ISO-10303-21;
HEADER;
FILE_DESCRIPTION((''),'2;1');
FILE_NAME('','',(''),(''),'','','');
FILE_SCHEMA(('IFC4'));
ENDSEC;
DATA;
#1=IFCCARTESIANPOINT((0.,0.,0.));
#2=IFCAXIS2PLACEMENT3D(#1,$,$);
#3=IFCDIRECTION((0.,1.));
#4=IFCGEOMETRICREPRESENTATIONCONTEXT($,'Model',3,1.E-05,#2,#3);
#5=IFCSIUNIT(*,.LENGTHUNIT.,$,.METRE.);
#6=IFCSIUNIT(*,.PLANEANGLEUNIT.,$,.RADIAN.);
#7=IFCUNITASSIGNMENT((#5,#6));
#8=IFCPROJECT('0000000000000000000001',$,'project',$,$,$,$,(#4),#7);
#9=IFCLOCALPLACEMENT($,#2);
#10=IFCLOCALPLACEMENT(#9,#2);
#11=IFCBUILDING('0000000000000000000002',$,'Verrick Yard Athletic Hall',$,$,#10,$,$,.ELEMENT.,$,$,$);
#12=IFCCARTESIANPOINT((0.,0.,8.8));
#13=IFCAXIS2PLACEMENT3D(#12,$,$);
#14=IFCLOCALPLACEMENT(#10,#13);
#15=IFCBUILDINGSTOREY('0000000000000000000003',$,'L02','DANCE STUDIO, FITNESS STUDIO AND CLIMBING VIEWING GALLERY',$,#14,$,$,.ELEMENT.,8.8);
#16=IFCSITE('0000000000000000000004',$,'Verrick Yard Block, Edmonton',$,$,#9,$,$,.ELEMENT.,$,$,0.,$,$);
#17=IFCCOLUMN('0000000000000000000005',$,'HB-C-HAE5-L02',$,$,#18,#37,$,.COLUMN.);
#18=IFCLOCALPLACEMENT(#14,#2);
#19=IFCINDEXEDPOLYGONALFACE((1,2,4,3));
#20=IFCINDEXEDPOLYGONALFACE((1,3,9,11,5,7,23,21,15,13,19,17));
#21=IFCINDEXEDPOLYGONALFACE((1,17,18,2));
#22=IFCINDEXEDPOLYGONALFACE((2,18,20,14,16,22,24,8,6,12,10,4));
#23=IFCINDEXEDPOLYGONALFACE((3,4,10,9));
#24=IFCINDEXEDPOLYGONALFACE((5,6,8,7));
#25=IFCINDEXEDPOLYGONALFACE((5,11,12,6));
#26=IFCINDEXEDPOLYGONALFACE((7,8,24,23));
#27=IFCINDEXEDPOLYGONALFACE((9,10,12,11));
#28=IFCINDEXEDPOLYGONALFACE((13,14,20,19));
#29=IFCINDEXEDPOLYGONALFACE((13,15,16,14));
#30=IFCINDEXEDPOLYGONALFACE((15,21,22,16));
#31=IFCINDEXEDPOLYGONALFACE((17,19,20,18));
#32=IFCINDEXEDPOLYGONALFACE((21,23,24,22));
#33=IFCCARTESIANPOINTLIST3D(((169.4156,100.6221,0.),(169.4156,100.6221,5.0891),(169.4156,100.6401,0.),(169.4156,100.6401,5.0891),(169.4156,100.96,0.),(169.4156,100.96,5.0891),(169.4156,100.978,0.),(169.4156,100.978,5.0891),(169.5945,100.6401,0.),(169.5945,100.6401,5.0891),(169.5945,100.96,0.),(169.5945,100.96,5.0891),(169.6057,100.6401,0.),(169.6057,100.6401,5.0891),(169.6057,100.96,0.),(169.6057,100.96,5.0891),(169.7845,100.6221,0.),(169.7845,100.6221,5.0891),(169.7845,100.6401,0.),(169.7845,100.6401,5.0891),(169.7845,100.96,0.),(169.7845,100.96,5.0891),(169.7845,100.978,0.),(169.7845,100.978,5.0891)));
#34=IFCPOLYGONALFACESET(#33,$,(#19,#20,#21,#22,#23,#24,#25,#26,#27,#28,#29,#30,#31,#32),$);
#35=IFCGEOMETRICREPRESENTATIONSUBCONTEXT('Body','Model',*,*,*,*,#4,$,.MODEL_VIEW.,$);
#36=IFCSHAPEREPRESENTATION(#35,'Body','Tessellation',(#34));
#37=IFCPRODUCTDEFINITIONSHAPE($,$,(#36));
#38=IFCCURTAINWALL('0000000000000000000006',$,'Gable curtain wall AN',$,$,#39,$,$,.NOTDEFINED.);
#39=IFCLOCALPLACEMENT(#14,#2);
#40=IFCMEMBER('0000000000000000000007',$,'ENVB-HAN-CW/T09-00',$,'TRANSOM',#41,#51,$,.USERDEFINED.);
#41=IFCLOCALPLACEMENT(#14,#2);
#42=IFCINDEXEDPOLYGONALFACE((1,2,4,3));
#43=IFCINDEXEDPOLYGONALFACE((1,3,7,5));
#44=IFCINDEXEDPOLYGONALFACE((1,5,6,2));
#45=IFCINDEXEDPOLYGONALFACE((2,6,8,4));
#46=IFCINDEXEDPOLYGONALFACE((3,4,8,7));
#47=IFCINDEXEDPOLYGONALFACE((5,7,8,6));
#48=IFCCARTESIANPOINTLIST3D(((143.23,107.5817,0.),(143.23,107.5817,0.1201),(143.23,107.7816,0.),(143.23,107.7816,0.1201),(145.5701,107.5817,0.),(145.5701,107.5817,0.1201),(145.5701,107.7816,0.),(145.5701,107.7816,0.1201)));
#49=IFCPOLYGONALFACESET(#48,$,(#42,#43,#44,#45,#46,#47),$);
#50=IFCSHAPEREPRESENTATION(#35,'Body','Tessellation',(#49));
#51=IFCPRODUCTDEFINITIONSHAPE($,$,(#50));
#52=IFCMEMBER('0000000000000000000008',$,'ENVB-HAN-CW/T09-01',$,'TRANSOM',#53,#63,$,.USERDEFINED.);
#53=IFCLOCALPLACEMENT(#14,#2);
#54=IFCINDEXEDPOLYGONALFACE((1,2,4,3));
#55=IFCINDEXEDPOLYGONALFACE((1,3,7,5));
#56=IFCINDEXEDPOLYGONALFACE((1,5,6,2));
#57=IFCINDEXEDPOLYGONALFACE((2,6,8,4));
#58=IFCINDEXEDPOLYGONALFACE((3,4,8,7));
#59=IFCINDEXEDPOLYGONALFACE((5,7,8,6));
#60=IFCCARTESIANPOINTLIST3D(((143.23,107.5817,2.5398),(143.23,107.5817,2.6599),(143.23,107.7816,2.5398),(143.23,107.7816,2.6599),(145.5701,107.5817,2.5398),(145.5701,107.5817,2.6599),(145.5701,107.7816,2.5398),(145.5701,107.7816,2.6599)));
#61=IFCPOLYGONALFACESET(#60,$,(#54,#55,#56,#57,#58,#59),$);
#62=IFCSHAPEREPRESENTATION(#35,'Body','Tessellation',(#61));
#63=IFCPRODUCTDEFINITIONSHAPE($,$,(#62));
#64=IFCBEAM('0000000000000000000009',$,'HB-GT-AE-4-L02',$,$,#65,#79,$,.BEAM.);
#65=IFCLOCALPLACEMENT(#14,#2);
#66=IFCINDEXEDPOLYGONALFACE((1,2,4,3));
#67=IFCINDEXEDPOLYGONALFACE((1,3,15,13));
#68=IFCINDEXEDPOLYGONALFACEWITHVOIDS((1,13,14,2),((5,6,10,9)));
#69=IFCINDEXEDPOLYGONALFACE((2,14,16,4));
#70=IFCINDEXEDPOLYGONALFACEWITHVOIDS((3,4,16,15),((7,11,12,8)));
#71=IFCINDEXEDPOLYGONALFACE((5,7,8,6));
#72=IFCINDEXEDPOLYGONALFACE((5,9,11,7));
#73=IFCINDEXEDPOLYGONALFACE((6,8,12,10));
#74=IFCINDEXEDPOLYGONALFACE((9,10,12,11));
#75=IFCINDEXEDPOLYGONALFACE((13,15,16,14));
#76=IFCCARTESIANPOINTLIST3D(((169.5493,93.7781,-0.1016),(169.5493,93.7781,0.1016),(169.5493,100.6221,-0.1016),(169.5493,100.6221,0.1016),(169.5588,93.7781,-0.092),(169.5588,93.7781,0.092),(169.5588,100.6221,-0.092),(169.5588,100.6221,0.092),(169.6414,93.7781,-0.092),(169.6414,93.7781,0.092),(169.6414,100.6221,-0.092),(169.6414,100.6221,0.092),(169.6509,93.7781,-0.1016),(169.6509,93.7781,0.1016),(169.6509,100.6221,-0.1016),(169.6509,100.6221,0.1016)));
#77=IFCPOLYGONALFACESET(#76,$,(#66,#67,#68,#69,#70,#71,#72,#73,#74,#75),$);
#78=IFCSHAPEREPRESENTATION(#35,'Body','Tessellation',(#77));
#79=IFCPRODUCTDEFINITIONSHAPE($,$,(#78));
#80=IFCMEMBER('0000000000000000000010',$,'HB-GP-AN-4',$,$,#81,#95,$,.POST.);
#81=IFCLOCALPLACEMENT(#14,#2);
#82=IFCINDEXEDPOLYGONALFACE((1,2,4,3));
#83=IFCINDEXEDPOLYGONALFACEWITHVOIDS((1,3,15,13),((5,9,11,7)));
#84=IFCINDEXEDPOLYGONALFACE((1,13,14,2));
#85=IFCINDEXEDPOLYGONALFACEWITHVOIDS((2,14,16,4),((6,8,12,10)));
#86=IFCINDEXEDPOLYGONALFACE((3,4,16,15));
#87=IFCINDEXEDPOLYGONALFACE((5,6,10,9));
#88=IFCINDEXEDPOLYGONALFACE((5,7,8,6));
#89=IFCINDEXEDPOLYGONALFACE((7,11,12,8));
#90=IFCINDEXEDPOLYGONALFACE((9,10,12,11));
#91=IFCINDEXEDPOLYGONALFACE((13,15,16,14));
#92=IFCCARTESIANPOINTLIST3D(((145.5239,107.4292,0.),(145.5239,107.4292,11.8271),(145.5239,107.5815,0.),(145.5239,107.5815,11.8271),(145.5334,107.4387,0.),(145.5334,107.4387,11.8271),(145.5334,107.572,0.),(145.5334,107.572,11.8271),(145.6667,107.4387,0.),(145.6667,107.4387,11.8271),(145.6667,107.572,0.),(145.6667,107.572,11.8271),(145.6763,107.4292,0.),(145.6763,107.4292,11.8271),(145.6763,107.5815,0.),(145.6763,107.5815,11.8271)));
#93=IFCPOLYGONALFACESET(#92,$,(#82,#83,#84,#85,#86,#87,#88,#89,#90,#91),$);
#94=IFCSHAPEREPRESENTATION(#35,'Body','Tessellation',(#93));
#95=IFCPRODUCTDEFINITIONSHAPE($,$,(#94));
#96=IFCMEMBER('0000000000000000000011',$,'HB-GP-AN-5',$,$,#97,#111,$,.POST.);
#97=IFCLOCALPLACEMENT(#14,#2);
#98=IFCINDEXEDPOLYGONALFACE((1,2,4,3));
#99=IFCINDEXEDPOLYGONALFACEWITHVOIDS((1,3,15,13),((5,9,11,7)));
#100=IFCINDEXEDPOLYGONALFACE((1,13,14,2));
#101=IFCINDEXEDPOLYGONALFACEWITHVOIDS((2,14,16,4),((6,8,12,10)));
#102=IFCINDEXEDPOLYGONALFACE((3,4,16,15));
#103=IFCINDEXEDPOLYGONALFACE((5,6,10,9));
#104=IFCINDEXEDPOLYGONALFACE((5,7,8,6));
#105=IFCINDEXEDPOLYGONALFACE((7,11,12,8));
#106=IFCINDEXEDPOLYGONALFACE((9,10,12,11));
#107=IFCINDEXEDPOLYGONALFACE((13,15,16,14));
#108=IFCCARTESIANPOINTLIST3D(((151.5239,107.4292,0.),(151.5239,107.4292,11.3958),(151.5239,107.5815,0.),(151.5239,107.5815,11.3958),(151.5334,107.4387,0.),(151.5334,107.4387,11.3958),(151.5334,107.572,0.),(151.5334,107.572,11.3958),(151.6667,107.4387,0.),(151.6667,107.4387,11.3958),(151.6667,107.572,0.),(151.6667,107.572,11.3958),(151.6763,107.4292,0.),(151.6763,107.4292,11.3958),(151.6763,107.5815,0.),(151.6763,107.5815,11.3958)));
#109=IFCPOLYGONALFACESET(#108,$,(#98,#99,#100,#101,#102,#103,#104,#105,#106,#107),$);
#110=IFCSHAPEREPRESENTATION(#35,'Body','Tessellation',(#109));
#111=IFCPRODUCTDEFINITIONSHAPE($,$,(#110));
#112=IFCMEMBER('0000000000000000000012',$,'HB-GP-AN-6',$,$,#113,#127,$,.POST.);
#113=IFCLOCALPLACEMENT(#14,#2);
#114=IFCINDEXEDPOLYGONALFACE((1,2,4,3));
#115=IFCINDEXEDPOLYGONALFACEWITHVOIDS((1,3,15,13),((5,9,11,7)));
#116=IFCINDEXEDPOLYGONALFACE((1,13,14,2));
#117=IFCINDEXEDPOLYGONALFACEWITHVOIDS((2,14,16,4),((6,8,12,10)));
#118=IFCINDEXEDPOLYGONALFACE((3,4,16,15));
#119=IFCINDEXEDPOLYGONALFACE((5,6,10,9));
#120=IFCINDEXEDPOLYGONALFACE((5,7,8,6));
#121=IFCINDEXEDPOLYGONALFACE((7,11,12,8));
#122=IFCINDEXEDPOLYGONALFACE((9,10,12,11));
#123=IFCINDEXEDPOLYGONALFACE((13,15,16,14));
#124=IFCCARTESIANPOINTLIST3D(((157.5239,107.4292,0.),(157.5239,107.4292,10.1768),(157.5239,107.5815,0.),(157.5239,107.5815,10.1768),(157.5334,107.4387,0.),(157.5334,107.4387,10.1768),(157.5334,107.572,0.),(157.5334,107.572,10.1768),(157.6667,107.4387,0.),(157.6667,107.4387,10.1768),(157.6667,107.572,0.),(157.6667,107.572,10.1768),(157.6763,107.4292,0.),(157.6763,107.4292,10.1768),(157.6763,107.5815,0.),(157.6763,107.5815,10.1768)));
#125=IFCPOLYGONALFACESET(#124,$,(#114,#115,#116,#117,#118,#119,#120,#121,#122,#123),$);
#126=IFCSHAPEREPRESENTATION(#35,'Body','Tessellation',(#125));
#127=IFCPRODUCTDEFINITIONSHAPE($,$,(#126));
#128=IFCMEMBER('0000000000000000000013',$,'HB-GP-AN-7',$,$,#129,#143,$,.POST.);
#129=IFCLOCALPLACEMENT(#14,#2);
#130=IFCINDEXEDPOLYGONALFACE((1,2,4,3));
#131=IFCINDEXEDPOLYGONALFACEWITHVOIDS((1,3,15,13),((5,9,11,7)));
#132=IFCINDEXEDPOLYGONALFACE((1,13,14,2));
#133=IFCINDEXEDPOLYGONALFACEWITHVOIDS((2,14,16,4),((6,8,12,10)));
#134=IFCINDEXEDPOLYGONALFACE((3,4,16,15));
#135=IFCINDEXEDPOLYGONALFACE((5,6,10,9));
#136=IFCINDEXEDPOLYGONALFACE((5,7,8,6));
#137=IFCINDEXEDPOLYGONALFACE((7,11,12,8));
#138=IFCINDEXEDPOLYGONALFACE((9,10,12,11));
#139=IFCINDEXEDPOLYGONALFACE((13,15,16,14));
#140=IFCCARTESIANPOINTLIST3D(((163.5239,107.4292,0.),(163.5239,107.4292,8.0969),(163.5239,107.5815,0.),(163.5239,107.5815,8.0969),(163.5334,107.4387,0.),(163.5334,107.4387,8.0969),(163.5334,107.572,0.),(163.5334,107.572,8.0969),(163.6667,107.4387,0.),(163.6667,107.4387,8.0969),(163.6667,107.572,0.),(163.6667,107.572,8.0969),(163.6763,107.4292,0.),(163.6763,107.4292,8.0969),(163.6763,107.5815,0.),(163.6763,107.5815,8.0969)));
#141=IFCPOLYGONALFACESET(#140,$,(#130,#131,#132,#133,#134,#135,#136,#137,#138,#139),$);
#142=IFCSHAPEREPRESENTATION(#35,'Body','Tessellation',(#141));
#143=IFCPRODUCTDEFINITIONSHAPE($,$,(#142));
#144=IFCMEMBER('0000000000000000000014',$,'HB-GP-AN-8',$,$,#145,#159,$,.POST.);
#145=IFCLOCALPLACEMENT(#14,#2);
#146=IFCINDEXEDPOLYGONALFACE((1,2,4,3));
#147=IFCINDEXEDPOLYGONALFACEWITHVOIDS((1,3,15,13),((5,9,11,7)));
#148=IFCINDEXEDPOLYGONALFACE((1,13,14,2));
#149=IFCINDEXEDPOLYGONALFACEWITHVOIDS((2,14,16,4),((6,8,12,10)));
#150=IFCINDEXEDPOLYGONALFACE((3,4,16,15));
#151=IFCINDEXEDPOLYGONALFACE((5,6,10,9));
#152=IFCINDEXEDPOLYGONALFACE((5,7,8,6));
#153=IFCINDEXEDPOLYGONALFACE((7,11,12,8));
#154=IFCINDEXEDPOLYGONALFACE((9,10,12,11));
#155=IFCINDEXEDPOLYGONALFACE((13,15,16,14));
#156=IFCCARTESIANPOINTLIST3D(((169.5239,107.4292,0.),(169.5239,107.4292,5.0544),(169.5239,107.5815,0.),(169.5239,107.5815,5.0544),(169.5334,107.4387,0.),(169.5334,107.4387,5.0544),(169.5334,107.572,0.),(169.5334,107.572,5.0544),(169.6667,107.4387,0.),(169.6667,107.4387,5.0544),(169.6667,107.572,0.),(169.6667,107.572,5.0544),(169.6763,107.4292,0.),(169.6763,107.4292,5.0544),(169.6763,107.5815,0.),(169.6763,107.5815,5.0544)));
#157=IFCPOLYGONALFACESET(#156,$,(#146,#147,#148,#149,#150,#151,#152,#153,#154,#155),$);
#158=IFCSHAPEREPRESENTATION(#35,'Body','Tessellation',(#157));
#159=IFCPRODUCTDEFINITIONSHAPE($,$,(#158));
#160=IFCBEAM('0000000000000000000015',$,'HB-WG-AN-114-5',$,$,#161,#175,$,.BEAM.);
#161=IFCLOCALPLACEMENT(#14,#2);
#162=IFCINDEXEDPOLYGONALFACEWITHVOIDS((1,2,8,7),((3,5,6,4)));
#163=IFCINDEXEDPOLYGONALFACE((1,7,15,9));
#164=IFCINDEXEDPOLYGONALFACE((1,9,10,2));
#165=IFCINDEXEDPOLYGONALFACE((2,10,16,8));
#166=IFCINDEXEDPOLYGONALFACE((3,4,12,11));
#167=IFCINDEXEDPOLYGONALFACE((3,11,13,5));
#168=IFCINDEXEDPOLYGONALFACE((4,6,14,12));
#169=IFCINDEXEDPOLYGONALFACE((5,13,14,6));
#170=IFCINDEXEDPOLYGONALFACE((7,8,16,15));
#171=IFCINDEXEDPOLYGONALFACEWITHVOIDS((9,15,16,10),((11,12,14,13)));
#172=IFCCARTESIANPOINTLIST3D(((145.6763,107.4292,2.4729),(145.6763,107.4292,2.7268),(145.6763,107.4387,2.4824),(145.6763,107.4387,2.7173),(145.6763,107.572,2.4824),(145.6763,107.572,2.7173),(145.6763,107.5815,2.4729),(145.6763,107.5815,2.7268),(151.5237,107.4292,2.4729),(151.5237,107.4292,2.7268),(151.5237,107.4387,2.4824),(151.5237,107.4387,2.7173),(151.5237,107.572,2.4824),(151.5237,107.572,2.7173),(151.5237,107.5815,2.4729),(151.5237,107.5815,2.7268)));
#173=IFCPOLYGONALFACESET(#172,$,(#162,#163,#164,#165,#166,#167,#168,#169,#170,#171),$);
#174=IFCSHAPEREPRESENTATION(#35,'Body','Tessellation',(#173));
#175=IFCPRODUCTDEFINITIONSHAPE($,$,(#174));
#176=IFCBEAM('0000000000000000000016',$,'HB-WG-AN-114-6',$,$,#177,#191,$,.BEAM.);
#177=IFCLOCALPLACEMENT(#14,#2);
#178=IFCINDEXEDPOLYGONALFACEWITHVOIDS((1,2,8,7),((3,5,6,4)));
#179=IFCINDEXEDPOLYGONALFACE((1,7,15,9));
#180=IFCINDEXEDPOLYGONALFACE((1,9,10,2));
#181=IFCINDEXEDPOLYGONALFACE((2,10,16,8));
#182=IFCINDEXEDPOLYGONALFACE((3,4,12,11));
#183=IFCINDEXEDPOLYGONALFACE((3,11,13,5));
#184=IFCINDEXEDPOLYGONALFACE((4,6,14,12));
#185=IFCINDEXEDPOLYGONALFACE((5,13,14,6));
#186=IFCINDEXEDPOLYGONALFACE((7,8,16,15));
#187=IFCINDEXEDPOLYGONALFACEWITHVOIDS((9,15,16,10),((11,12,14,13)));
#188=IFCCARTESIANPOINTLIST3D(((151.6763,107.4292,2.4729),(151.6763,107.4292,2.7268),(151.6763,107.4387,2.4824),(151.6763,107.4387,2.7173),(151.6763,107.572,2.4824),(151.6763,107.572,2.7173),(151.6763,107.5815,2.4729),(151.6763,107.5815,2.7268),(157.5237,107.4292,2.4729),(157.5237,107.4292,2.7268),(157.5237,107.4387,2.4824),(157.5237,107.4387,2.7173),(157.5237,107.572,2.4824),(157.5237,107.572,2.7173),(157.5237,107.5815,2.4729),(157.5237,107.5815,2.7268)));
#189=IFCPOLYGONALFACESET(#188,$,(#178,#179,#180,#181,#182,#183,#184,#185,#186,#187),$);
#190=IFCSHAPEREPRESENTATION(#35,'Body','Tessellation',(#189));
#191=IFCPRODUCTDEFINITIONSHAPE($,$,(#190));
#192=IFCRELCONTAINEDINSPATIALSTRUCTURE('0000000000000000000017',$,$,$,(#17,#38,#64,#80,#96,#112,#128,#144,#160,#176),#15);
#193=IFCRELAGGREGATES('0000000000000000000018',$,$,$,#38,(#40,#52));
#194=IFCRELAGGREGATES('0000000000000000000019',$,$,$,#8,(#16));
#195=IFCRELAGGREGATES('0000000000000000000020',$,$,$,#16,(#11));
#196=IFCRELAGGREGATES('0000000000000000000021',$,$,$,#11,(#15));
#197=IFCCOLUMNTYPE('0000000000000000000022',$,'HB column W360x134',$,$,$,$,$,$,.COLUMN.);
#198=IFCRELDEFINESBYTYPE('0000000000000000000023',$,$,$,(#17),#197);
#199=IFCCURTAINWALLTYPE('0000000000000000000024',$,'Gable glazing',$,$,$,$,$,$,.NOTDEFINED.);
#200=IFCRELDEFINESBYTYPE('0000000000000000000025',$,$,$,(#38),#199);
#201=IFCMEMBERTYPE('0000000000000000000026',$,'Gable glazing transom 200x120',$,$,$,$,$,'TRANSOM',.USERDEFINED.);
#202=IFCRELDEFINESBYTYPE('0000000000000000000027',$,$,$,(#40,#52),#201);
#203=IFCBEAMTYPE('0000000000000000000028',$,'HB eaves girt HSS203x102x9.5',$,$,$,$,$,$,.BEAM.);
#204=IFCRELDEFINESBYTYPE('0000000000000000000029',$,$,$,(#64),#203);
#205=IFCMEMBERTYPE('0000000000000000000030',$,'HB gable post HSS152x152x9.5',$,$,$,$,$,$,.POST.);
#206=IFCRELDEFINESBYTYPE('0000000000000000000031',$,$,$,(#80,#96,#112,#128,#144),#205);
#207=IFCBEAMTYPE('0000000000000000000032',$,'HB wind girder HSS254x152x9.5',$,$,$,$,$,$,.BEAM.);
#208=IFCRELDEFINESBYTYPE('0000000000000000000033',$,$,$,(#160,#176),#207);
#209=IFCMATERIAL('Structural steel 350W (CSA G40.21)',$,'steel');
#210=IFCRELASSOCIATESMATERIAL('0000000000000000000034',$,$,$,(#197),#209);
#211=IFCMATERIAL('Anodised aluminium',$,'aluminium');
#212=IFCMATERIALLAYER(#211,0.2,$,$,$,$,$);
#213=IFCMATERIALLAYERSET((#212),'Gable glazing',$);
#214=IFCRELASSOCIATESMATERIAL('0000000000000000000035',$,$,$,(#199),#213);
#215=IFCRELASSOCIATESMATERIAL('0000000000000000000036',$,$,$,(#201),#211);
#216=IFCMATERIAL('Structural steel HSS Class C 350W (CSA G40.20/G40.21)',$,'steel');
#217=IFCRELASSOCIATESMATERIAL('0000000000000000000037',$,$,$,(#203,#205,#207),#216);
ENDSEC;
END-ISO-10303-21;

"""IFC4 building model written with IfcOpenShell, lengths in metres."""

from ifc_helpers import new_model, si_unit, direction, frame, origin, origin_2d, place, context, subcontext, project, spatial, rectangle, hollow_rectangle, i_section, extrude, material, layer, layer_set, material_profile, profile_set, type_object, element, aggregate, save


model = new_model("IFC4")

# Units and contexts
model_context = context("Model", 3, precision=1e-05, world=origin(), true_north=direction((0.0, 1.0)))
body_context = subcontext(model_context, "Body", "Model", "MODEL_VIEW")
ifc_project = project(units=[si_unit("LENGTHUNIT", "METRE"), si_unit("PLANEANGLEUNIT", "RADIAN")], contexts=[model_context])

# Site, building, storey
site_placement = place(None, origin())
site = spatial("IfcSite", under=ifc_project, at=site_placement, Name="Verrick Yard Block, Edmonton", CompositionType="ELEMENT", RefElevation=0.0)
building_placement = place(site_placement, origin())
building = spatial("IfcBuilding", under=site, at=building_placement, Name="Verrick Yard Athletic Hall", CompositionType="ELEMENT")
storey_placement = place(building_placement, frame((0.0, 0.0, 8.8)))
storey = spatial("IfcBuildingStorey", under=building, at=storey_placement, Name="L02", Description="DANCE STUDIO, FITNESS STUDIO AND CLIMBING VIEWING GALLERY", CompositionType="ELEMENT", Elevation=8.8)

# Column
ifc_material_1 = material(Name="Structural steel 350W (CSA G40.21)", Category="steel")
ifc_material_profile_1 = material_profile(ifc_material_1, i_section(OverallWidth=0.3689, OverallDepth=0.356, WebThickness=0.0112, FlangeThickness=0.0181, at=origin_2d()), Name="W360x134")
ifc_profile_set_1 = profile_set([ifc_material_profile_1], Name="Structural steel 350W (CSA G40.21)")
column_type = type_object("IfcColumnType", Name="HB column W360x134", PredefinedType="COLUMN", material=ifc_profile_set_1)
column_placement = place(storey_placement, frame((169.6001, 100.8, 0.0), z_axis=(0.0, 0.0, 1.0), x_axis=(1.0, 0.0, 0.0)))
element("IfcColumn", 1, at=column_placement, inside=storey, type_object=column_type, Name="HB-C-HAE5-L02", PredefinedType="COLUMN", context=body_context, shape_type="SweptSolid", body=[
    extrude(i_section(OverallWidth=0.3689, OverallDepth=0.356, WebThickness=0.0112, FlangeThickness=0.0181, at=origin_2d()), origin(), (0.0, 0.0, 1.0), 5.0891),
])

# Curtain wall, members
ifc_material_2 = material(Name="Anodised aluminium", Category="aluminium")
ifc_layer_1 = layer(ifc_material_2, 0.2)
ifc_layer_set_1 = layer_set([ifc_layer_1], Name="Gable glazing")
curtain_wall_type = type_object("IfcCurtainWallType", Name="Gable glazing", PredefinedType="NOTDEFINED", material=ifc_layer_set_1)
curtain_wall_placement = place(storey_placement, origin())
curtain_wall = element("IfcCurtainWall", 2, at=curtain_wall_placement, inside=storey, type_object=curtain_wall_type, Name="Gable curtain wall AN", PredefinedType="NOTDEFINED")
ifc_material_profile_2 = material_profile(ifc_material_2, rectangle(XDim=0.2, YDim=0.1201, at=origin_2d()), Name="CW gable transom 200x120")
ifc_profile_set_2 = profile_set([ifc_material_profile_2], Name="Anodised aluminium")
member_type_1 = type_object("IfcMemberType", Name="Gable glazing transom 200x120", ElementType="TRANSOM", PredefinedType="USERDEFINED", material=ifc_profile_set_2)
member_1_placement = place(storey_placement, frame((143.23, 107.6816, 0.0601), z_axis=(1.0, 0.0, 0.0), x_axis=(0.0, 1.0, 0.0)))
member_1 = element("IfcMember", 3, at=member_1_placement, type_object=member_type_1, Name="ENVB-HAN-CW/T09-00", ObjectType="TRANSOM", PredefinedType="USERDEFINED", context=body_context, shape_type="SweptSolid", body=[
    extrude(rectangle(XDim=0.2, YDim=0.1201, at=origin_2d()), origin(), (0.0, 0.0, 1.0), 2.3401),
])
member_2_placement = place(storey_placement, frame((143.23, 107.6816, 2.5999), z_axis=(1.0, 0.0, 0.0), x_axis=(0.0, 1.0, 0.0)))
member_2 = element("IfcMember", 4, at=member_2_placement, type_object=member_type_1, Name="ENVB-HAN-CW/T09-01", ObjectType="TRANSOM", PredefinedType="USERDEFINED", context=body_context, shape_type="SweptSolid", body=[
    extrude(rectangle(XDim=0.2, YDim=0.1201, at=origin_2d()), origin(), (0.0, 0.0, 1.0), 2.3401),
])
aggregate(curtain_wall, [member_1, member_2])

# Beam
ifc_material_3 = material(Name="Structural steel HSS Class C 350W (CSA G40.20/G40.21)", Category="steel")
ifc_material_profile_3 = material_profile(ifc_material_3, hollow_rectangle(XDim=0.1016, YDim=0.2031, WallThickness=0.0095, at=origin_2d()), Name="HSS203x102x9.5")
ifc_profile_set_3 = profile_set([ifc_material_profile_3], Name="Structural steel HSS Class C 350W (CSA G40.20/G40.21)")
beam_type_1 = type_object("IfcBeamType", Name="HB eaves girt HSS203x102x9.5", PredefinedType="BEAM", material=ifc_profile_set_3)
beam_placement = place(storey_placement, frame((169.6001, 93.7781, 0.0), z_axis=(0.0, 1.0, 0.0), x_axis=(-1.0, 0.0, 0.0)))
element("IfcBeam", 5, at=beam_placement, inside=storey, type_object=beam_type_1, Name="HB-GT-AE-4-L02", PredefinedType="BEAM", context=body_context, shape_type="SweptSolid", body=[
    extrude(hollow_rectangle(XDim=0.1016, YDim=0.2031, WallThickness=0.0095, at=origin_2d()), origin(), (0.0, 0.0, 1.0), 6.844),
])

# Members
ifc_material_profile_4 = material_profile(ifc_material_3, hollow_rectangle(XDim=0.1523, YDim=0.1523, WallThickness=0.0095, at=origin_2d()), Name="HSS152x152x9.5")
ifc_profile_set_4 = profile_set([ifc_material_profile_4], Name="Structural steel HSS Class C 350W (CSA G40.20/G40.21)")
member_type_2 = type_object("IfcMemberType", Name="HB gable post HSS152x152x9.5", PredefinedType="POST", material=ifc_profile_set_4)
member_3_placement = place(storey_placement, frame((145.6001, 107.5054, 0.0), z_axis=(0.0, 0.0, 1.0), x_axis=(1.0, 0.0, 0.0)))
element("IfcMember", 6, at=member_3_placement, inside=storey, type_object=member_type_2, Name="HB-GP-AN-4", PredefinedType="POST", context=body_context, shape_type="SweptSolid", body=[
    extrude(hollow_rectangle(XDim=0.1523, YDim=0.1523, WallThickness=0.0095, at=origin_2d()), origin(), (0.0, 0.0, 1.0), 11.8271),
])
member_4_placement = place(storey_placement, frame((151.6001, 107.5054, 0.0), z_axis=(0.0, 0.0, 1.0), x_axis=(1.0, 0.0, 0.0)))
element("IfcMember", 7, at=member_4_placement, inside=storey, type_object=member_type_2, Name="HB-GP-AN-5", PredefinedType="POST", context=body_context, shape_type="SweptSolid", body=[
    extrude(hollow_rectangle(XDim=0.1523, YDim=0.1523, WallThickness=0.0095, at=origin_2d()), origin(), (0.0, 0.0, 1.0), 11.3958),
])
member_5_placement = place(storey_placement, frame((157.6001, 107.5054, 0.0), z_axis=(0.0, 0.0, 1.0), x_axis=(1.0, 0.0, 0.0)))
element("IfcMember", 8, at=member_5_placement, inside=storey, type_object=member_type_2, Name="HB-GP-AN-6", PredefinedType="POST", context=body_context, shape_type="SweptSolid", body=[
    extrude(hollow_rectangle(XDim=0.1523, YDim=0.1523, WallThickness=0.0095, at=origin_2d()), origin(), (0.0, 0.0, 1.0), 10.1768),
])
member_6_placement = place(storey_placement, frame((163.6001, 107.5054, 0.0), z_axis=(0.0, 0.0, 1.0), x_axis=(1.0, 0.0, 0.0)))
element("IfcMember", 9, at=member_6_placement, inside=storey, type_object=member_type_2, Name="HB-GP-AN-7", PredefinedType="POST", context=body_context, shape_type="SweptSolid", body=[
    extrude(hollow_rectangle(XDim=0.1523, YDim=0.1523, WallThickness=0.0095, at=origin_2d()), origin(), (0.0, 0.0, 1.0), 8.0969),
])
member_7_placement = place(storey_placement, frame((169.6001, 107.5054, 0.0), z_axis=(0.0, 0.0, 1.0), x_axis=(1.0, 0.0, 0.0)))
element("IfcMember", 10, at=member_7_placement, inside=storey, type_object=member_type_2, Name="HB-GP-AN-8", PredefinedType="POST", context=body_context, shape_type="SweptSolid", body=[
    extrude(hollow_rectangle(XDim=0.1523, YDim=0.1523, WallThickness=0.0095, at=origin_2d()), origin(), (0.0, 0.0, 1.0), 5.0544),
])

# Beams
ifc_material_profile_5 = material_profile(ifc_material_3, hollow_rectangle(XDim=0.1523, YDim=0.2539, WallThickness=0.0095, at=origin_2d()), Name="HSS254x152x9.5")
ifc_profile_set_5 = profile_set([ifc_material_profile_5], Name="Structural steel HSS Class C 350W (CSA G40.20/G40.21)")
beam_type_2 = type_object("IfcBeamType", Name="HB wind girder HSS254x152x9.5", PredefinedType="BEAM", material=ifc_profile_set_5)
for number, where, z_axis, x_axis, name in (
    (11, (145.6763, 107.5054, 2.5999), (1.0, 0.0, 0.0), (0.0, 1.0, 0.0), "HB-WG-AN-114-5"),
    (12, (151.6763, 107.5054, 2.5999), (1.0, 0.0, 0.0), (0.0, 1.0, 0.0), "HB-WG-AN-114-6"),
):
    element("IfcBeam", number, at=place(storey_placement, frame(where, z_axis=z_axis, x_axis=x_axis)), inside=storey, type_object=beam_type_2, Name=name, PredefinedType="BEAM", context=body_context, shape_type="SweptSolid", body=[
        extrude(hollow_rectangle(XDim=0.1523, YDim=0.2539, WallThickness=0.0095, at=origin_2d()), origin(), (0.0, 0.0, 1.0), 5.8474),
    ])

save(model, "model.ifc")
